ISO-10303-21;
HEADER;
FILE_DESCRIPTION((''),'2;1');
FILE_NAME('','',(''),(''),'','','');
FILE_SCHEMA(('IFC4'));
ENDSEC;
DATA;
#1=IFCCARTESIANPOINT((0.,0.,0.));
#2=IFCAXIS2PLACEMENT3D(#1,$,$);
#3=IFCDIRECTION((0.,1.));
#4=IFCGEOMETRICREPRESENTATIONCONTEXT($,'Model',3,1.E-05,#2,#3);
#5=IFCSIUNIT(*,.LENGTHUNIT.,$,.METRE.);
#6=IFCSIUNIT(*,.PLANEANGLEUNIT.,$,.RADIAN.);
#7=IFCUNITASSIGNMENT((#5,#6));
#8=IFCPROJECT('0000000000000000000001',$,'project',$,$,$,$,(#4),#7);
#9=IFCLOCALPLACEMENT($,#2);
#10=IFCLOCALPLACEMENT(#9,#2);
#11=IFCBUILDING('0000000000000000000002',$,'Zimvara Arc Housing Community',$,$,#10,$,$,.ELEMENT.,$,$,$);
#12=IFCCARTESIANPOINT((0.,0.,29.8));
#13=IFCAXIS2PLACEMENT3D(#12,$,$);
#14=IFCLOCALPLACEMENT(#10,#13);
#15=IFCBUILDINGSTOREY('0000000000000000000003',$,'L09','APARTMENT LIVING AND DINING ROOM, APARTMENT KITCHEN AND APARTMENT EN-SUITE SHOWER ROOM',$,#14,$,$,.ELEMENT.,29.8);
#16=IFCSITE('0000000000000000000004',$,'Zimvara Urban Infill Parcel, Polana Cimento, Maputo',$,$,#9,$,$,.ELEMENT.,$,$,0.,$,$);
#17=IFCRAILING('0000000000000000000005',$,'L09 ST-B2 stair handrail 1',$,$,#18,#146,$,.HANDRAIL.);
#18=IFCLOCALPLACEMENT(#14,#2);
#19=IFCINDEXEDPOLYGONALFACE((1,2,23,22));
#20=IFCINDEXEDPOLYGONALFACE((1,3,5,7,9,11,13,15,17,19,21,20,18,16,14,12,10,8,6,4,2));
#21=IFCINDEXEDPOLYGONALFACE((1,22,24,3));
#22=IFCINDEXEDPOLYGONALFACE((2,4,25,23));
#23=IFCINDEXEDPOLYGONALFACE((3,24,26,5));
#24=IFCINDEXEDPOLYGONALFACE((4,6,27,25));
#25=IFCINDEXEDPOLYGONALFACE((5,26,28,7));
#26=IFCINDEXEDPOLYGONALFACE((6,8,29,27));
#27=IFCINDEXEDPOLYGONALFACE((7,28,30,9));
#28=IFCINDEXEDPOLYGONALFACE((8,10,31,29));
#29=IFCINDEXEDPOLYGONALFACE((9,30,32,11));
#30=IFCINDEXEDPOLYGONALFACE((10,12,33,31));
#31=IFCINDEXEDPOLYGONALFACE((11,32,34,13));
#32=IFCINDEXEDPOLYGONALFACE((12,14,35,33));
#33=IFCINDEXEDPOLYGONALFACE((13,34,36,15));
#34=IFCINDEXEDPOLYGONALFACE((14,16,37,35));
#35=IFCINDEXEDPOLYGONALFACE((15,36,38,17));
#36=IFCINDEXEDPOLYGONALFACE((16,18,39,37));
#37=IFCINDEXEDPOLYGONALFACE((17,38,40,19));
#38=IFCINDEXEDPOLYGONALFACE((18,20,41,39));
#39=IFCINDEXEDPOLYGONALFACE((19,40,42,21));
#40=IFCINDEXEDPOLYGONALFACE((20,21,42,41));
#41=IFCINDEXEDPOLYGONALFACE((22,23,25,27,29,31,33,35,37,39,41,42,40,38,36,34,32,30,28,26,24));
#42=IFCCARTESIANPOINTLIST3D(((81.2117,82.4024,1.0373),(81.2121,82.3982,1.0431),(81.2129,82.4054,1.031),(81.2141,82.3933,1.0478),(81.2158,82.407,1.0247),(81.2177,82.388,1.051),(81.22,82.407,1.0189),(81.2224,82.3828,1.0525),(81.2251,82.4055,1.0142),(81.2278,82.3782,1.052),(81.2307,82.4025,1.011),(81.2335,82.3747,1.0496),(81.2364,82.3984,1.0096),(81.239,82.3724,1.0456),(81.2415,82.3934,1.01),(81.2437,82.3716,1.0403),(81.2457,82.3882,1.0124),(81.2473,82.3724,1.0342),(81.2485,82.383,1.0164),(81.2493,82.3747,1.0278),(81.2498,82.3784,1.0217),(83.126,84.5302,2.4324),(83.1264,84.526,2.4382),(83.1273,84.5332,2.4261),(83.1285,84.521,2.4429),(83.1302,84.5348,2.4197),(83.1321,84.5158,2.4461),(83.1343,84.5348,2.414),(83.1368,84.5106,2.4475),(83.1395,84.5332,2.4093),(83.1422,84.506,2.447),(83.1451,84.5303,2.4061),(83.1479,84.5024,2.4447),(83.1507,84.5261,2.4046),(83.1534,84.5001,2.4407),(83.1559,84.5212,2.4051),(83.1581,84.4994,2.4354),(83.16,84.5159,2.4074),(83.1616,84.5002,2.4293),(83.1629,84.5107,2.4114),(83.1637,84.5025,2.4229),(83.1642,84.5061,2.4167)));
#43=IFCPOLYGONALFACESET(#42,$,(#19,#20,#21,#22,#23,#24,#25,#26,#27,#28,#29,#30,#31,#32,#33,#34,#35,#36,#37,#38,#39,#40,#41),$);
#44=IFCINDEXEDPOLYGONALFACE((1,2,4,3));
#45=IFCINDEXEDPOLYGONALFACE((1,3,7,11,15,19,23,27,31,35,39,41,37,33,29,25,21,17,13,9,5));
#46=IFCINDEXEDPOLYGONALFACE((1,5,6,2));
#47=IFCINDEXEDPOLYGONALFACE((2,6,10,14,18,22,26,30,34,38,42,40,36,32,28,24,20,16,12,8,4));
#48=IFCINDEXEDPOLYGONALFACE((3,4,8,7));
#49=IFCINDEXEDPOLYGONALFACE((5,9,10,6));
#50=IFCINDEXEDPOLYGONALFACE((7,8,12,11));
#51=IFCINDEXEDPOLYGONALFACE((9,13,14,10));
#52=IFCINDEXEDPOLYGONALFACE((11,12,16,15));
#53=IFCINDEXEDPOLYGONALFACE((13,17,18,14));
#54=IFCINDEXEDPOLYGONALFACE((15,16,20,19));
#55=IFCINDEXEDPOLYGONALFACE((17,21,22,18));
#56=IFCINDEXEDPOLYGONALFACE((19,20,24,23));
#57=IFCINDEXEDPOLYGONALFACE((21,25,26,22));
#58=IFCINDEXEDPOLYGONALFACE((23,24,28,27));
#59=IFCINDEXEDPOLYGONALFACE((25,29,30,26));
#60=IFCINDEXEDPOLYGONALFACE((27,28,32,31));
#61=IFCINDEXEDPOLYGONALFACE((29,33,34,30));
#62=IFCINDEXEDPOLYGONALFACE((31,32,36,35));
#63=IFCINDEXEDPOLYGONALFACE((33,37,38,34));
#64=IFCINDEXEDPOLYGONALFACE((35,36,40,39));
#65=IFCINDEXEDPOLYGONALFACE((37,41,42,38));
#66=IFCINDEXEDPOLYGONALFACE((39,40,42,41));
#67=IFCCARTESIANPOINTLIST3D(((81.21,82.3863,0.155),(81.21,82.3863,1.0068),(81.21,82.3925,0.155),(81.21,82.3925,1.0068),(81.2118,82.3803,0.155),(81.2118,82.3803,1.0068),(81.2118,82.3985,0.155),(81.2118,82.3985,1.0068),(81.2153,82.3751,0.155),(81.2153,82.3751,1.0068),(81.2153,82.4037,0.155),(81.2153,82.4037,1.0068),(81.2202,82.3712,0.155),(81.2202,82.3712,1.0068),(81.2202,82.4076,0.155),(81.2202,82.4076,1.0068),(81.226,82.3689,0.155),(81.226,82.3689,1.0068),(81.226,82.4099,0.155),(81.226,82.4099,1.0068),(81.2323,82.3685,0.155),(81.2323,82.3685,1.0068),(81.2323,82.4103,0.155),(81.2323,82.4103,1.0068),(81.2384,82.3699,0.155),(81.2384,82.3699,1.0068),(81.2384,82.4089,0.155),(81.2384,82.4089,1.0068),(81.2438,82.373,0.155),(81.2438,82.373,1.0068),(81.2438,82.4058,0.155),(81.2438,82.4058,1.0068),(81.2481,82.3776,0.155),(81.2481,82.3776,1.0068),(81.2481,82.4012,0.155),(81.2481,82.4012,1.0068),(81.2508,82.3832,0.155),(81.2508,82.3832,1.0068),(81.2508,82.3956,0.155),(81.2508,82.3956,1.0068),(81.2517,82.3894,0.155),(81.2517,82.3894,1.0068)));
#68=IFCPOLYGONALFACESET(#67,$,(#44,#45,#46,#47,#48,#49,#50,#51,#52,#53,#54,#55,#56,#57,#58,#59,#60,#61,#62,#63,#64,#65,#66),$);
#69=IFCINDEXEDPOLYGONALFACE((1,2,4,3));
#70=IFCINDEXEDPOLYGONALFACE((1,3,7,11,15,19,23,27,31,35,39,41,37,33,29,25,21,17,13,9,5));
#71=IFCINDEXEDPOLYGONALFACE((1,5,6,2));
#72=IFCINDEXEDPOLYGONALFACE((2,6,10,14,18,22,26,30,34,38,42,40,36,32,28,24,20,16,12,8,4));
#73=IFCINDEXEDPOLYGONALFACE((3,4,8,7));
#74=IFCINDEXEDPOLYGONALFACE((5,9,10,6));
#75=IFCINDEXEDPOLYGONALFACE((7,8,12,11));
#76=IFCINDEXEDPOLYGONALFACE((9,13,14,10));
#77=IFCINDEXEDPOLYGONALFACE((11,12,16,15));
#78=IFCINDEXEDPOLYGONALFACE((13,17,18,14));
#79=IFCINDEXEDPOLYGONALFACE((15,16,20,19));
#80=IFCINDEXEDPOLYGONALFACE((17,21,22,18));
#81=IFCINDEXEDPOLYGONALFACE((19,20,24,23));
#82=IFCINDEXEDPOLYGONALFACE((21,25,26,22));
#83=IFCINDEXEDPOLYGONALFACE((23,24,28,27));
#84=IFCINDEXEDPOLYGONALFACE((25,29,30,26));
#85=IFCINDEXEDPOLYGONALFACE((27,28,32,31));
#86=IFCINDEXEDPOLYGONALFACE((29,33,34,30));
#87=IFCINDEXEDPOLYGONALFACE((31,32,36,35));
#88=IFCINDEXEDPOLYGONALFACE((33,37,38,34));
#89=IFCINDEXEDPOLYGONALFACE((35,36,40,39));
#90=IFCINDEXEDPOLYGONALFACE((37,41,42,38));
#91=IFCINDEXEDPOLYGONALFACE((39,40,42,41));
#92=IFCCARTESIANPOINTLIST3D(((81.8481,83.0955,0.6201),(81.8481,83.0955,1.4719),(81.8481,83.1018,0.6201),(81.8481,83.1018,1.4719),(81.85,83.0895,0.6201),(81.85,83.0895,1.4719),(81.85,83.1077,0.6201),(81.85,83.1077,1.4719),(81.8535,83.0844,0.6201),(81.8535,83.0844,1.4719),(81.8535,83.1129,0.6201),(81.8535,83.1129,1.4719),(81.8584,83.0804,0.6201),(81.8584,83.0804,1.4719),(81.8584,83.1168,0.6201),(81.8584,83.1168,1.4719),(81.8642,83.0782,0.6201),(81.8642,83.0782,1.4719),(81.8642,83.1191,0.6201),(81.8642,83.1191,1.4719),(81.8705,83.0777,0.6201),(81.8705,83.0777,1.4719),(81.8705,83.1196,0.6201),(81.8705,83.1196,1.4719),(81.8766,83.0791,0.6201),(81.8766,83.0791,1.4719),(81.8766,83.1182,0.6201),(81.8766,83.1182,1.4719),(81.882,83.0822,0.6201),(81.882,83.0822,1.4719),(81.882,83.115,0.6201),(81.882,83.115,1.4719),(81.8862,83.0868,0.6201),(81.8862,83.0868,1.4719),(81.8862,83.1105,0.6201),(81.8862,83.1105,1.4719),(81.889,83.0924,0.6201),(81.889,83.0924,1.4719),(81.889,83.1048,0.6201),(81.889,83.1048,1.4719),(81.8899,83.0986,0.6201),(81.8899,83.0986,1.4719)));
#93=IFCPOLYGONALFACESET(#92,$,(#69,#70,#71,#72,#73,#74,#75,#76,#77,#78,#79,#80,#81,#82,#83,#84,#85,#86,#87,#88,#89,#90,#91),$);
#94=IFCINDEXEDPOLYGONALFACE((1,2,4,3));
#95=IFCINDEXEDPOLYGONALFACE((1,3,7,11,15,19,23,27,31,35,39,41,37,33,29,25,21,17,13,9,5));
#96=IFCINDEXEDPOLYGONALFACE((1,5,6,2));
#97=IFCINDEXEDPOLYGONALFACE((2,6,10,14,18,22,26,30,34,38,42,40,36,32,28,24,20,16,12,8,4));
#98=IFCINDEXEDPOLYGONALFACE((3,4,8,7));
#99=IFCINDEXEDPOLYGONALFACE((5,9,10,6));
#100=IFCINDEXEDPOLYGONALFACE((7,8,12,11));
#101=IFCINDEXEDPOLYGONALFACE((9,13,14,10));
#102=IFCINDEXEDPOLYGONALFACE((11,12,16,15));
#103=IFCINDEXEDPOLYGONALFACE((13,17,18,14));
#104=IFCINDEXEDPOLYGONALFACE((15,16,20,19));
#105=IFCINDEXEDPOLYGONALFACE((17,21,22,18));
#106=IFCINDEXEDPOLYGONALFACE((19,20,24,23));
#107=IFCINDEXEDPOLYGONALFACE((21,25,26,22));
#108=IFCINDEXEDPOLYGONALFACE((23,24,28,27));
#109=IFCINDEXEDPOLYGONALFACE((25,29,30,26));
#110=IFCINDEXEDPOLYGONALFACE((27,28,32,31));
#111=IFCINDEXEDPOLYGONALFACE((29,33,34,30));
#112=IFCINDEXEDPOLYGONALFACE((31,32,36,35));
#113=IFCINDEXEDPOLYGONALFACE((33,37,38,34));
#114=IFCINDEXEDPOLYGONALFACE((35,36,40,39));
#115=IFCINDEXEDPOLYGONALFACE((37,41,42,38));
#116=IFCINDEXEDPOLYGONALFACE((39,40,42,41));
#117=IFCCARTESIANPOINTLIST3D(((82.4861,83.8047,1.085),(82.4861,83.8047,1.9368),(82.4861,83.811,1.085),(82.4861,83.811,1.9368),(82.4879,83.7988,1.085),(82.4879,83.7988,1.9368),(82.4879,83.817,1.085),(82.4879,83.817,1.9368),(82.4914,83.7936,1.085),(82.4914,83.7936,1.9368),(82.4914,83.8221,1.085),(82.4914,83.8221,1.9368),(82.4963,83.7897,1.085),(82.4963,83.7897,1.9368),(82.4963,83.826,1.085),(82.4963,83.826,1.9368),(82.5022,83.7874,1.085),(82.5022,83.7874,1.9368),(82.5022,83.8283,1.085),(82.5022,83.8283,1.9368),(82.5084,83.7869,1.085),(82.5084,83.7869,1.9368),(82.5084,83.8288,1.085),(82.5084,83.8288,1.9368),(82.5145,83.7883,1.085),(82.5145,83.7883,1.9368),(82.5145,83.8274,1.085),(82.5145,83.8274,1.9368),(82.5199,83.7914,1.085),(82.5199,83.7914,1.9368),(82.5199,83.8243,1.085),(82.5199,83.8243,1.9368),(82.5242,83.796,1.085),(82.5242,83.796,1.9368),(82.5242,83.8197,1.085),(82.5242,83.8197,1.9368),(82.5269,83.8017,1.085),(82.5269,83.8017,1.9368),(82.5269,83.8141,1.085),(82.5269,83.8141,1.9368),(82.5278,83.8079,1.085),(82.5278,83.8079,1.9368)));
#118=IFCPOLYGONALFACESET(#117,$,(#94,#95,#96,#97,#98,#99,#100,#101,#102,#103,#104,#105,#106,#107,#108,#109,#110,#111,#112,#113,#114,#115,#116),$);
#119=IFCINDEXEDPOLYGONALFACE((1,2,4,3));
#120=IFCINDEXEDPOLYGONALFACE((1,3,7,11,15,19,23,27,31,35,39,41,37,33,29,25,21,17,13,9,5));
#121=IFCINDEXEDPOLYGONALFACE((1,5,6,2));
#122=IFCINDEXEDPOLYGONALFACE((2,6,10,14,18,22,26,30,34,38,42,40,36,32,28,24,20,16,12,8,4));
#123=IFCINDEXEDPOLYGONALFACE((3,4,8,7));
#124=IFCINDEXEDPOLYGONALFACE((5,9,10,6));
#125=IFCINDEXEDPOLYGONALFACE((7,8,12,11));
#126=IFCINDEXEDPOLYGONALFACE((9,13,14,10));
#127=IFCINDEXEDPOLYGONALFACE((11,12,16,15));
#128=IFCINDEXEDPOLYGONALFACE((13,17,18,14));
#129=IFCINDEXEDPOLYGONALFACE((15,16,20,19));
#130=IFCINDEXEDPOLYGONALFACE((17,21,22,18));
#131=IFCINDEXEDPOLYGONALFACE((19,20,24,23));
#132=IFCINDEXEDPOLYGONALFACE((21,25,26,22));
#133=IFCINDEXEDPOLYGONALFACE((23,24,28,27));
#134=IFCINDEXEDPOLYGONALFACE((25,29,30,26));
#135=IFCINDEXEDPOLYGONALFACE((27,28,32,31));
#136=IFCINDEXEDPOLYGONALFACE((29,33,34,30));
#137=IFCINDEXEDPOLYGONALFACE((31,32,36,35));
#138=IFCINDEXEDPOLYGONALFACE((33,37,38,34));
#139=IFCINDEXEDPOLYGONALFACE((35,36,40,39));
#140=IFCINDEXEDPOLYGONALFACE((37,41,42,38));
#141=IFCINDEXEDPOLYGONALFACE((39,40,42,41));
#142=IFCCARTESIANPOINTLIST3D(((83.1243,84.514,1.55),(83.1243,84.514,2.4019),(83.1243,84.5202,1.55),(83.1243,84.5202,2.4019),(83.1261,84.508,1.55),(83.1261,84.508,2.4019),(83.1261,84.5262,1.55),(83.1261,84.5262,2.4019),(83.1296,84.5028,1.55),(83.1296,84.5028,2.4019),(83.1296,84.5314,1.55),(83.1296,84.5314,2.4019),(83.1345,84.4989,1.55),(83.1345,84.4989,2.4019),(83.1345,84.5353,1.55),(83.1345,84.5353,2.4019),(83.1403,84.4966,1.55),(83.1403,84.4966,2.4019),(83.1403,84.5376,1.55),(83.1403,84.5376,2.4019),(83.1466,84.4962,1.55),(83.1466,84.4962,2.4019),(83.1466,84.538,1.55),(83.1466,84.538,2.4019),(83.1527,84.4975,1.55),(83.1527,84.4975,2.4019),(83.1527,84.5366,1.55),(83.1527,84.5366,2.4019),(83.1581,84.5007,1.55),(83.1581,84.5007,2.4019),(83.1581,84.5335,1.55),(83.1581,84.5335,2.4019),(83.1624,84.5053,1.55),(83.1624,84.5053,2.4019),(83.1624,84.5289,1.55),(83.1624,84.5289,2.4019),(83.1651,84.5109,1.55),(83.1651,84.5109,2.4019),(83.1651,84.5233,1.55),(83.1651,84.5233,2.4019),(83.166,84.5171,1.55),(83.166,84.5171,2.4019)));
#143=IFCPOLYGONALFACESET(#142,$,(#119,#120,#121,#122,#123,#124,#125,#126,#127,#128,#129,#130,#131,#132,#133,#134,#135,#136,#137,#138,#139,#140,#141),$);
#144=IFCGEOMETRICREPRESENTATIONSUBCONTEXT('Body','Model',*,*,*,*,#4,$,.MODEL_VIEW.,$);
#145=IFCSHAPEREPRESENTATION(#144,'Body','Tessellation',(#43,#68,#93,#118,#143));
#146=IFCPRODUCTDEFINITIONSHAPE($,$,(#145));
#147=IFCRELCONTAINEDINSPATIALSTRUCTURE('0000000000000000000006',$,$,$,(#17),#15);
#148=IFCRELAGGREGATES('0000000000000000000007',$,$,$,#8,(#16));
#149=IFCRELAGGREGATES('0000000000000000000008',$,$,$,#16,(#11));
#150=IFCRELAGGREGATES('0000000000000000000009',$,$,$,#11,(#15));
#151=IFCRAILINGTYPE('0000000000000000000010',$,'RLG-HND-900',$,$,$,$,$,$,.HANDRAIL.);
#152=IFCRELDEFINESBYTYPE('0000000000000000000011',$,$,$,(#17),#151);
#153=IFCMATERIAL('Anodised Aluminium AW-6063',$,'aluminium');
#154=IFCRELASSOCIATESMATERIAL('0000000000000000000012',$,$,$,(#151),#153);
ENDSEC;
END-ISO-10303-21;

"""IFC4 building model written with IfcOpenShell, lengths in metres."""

from ifc_helpers import new_model, si_unit, direction, frame, origin, origin_2d, place, context, subcontext, project, spatial, circle, extrude, material, type_object, element, save


model = new_model("IFC4")

# Units and contexts
model_context = context("Model", 3, precision=1e-05, world=origin(), true_north=direction((0.0, 1.0)))
body_context = subcontext(model_context, "Body", "Model", "MODEL_VIEW")
ifc_project = project(units=[si_unit("LENGTHUNIT", "METRE"), si_unit("PLANEANGLEUNIT", "RADIAN")], contexts=[model_context])

# Site, building, storey
site_placement = place(None, origin())
site = spatial("IfcSite", under=ifc_project, at=site_placement, Name="Zimvara Urban Infill Parcel, Polana Cimento, Maputo", CompositionType="ELEMENT", RefElevation=0.0)
building_placement = place(site_placement, origin())
building = spatial("IfcBuilding", under=site, at=building_placement, Name="Zimvara Arc Housing Community", CompositionType="ELEMENT")
storey_placement = place(building_placement, frame((0.0, 0.0, 29.8)))
storey = spatial("IfcBuildingStorey", under=building, at=storey_placement, Name="L09", Description="APARTMENT LIVING AND DINING ROOM, APARTMENT KITCHEN AND APARTMENT EN-SUITE SHOWER ROOM", CompositionType="ELEMENT", Elevation=29.8)

# Railing
ifc_material_1 = material(Name="Anodised Aluminium AW-6063", Category="aluminium")
railing_type_1 = type_object("IfcRailingType", Name="RLG-HND-900", PredefinedType="HANDRAIL", material=ifc_material_1)
railing_1_placement = place(storey_placement, frame((81.2307, 82.3894, 0.155)))
element("IfcRailing", 1, at=railing_1_placement, inside=storey, type_object=railing_type_1, Name="L09 ST-B2 stair handrail 1", PredefinedType="HANDRAIL", context=body_context, shape_type="SweptSolid", body=[
    extrude(circle(Radius=0.0239, at=origin_2d()), frame((0.0, 0.0, 0.876), z_axis=(0.601232, 0.668248, 0.438138), x_axis=(-0.7434, 0.668847, 0.0)), (0.0, 0.0, 1.0), 3.1841),
    extrude(circle(Radius=0.021, at=origin_2d()), origin(), (0.0, 0.0, 1.0), 0.8518),
    extrude(circle(Radius=0.021, at=origin_2d()), frame((0.6382, 0.7092, 0.4651)), (0.0, 0.0, 1.0), 0.8518),
    extrude(circle(Radius=0.021, at=origin_2d()), frame((1.2761, 1.4185, 0.9299)), (0.0, 0.0, 1.0), 0.8518),
    extrude(circle(Radius=0.021, at=origin_2d()), frame((1.9143, 2.1277, 1.395)), (0.0, 0.0, 1.0), 0.8518),
])

save(model, "model.ifc")
